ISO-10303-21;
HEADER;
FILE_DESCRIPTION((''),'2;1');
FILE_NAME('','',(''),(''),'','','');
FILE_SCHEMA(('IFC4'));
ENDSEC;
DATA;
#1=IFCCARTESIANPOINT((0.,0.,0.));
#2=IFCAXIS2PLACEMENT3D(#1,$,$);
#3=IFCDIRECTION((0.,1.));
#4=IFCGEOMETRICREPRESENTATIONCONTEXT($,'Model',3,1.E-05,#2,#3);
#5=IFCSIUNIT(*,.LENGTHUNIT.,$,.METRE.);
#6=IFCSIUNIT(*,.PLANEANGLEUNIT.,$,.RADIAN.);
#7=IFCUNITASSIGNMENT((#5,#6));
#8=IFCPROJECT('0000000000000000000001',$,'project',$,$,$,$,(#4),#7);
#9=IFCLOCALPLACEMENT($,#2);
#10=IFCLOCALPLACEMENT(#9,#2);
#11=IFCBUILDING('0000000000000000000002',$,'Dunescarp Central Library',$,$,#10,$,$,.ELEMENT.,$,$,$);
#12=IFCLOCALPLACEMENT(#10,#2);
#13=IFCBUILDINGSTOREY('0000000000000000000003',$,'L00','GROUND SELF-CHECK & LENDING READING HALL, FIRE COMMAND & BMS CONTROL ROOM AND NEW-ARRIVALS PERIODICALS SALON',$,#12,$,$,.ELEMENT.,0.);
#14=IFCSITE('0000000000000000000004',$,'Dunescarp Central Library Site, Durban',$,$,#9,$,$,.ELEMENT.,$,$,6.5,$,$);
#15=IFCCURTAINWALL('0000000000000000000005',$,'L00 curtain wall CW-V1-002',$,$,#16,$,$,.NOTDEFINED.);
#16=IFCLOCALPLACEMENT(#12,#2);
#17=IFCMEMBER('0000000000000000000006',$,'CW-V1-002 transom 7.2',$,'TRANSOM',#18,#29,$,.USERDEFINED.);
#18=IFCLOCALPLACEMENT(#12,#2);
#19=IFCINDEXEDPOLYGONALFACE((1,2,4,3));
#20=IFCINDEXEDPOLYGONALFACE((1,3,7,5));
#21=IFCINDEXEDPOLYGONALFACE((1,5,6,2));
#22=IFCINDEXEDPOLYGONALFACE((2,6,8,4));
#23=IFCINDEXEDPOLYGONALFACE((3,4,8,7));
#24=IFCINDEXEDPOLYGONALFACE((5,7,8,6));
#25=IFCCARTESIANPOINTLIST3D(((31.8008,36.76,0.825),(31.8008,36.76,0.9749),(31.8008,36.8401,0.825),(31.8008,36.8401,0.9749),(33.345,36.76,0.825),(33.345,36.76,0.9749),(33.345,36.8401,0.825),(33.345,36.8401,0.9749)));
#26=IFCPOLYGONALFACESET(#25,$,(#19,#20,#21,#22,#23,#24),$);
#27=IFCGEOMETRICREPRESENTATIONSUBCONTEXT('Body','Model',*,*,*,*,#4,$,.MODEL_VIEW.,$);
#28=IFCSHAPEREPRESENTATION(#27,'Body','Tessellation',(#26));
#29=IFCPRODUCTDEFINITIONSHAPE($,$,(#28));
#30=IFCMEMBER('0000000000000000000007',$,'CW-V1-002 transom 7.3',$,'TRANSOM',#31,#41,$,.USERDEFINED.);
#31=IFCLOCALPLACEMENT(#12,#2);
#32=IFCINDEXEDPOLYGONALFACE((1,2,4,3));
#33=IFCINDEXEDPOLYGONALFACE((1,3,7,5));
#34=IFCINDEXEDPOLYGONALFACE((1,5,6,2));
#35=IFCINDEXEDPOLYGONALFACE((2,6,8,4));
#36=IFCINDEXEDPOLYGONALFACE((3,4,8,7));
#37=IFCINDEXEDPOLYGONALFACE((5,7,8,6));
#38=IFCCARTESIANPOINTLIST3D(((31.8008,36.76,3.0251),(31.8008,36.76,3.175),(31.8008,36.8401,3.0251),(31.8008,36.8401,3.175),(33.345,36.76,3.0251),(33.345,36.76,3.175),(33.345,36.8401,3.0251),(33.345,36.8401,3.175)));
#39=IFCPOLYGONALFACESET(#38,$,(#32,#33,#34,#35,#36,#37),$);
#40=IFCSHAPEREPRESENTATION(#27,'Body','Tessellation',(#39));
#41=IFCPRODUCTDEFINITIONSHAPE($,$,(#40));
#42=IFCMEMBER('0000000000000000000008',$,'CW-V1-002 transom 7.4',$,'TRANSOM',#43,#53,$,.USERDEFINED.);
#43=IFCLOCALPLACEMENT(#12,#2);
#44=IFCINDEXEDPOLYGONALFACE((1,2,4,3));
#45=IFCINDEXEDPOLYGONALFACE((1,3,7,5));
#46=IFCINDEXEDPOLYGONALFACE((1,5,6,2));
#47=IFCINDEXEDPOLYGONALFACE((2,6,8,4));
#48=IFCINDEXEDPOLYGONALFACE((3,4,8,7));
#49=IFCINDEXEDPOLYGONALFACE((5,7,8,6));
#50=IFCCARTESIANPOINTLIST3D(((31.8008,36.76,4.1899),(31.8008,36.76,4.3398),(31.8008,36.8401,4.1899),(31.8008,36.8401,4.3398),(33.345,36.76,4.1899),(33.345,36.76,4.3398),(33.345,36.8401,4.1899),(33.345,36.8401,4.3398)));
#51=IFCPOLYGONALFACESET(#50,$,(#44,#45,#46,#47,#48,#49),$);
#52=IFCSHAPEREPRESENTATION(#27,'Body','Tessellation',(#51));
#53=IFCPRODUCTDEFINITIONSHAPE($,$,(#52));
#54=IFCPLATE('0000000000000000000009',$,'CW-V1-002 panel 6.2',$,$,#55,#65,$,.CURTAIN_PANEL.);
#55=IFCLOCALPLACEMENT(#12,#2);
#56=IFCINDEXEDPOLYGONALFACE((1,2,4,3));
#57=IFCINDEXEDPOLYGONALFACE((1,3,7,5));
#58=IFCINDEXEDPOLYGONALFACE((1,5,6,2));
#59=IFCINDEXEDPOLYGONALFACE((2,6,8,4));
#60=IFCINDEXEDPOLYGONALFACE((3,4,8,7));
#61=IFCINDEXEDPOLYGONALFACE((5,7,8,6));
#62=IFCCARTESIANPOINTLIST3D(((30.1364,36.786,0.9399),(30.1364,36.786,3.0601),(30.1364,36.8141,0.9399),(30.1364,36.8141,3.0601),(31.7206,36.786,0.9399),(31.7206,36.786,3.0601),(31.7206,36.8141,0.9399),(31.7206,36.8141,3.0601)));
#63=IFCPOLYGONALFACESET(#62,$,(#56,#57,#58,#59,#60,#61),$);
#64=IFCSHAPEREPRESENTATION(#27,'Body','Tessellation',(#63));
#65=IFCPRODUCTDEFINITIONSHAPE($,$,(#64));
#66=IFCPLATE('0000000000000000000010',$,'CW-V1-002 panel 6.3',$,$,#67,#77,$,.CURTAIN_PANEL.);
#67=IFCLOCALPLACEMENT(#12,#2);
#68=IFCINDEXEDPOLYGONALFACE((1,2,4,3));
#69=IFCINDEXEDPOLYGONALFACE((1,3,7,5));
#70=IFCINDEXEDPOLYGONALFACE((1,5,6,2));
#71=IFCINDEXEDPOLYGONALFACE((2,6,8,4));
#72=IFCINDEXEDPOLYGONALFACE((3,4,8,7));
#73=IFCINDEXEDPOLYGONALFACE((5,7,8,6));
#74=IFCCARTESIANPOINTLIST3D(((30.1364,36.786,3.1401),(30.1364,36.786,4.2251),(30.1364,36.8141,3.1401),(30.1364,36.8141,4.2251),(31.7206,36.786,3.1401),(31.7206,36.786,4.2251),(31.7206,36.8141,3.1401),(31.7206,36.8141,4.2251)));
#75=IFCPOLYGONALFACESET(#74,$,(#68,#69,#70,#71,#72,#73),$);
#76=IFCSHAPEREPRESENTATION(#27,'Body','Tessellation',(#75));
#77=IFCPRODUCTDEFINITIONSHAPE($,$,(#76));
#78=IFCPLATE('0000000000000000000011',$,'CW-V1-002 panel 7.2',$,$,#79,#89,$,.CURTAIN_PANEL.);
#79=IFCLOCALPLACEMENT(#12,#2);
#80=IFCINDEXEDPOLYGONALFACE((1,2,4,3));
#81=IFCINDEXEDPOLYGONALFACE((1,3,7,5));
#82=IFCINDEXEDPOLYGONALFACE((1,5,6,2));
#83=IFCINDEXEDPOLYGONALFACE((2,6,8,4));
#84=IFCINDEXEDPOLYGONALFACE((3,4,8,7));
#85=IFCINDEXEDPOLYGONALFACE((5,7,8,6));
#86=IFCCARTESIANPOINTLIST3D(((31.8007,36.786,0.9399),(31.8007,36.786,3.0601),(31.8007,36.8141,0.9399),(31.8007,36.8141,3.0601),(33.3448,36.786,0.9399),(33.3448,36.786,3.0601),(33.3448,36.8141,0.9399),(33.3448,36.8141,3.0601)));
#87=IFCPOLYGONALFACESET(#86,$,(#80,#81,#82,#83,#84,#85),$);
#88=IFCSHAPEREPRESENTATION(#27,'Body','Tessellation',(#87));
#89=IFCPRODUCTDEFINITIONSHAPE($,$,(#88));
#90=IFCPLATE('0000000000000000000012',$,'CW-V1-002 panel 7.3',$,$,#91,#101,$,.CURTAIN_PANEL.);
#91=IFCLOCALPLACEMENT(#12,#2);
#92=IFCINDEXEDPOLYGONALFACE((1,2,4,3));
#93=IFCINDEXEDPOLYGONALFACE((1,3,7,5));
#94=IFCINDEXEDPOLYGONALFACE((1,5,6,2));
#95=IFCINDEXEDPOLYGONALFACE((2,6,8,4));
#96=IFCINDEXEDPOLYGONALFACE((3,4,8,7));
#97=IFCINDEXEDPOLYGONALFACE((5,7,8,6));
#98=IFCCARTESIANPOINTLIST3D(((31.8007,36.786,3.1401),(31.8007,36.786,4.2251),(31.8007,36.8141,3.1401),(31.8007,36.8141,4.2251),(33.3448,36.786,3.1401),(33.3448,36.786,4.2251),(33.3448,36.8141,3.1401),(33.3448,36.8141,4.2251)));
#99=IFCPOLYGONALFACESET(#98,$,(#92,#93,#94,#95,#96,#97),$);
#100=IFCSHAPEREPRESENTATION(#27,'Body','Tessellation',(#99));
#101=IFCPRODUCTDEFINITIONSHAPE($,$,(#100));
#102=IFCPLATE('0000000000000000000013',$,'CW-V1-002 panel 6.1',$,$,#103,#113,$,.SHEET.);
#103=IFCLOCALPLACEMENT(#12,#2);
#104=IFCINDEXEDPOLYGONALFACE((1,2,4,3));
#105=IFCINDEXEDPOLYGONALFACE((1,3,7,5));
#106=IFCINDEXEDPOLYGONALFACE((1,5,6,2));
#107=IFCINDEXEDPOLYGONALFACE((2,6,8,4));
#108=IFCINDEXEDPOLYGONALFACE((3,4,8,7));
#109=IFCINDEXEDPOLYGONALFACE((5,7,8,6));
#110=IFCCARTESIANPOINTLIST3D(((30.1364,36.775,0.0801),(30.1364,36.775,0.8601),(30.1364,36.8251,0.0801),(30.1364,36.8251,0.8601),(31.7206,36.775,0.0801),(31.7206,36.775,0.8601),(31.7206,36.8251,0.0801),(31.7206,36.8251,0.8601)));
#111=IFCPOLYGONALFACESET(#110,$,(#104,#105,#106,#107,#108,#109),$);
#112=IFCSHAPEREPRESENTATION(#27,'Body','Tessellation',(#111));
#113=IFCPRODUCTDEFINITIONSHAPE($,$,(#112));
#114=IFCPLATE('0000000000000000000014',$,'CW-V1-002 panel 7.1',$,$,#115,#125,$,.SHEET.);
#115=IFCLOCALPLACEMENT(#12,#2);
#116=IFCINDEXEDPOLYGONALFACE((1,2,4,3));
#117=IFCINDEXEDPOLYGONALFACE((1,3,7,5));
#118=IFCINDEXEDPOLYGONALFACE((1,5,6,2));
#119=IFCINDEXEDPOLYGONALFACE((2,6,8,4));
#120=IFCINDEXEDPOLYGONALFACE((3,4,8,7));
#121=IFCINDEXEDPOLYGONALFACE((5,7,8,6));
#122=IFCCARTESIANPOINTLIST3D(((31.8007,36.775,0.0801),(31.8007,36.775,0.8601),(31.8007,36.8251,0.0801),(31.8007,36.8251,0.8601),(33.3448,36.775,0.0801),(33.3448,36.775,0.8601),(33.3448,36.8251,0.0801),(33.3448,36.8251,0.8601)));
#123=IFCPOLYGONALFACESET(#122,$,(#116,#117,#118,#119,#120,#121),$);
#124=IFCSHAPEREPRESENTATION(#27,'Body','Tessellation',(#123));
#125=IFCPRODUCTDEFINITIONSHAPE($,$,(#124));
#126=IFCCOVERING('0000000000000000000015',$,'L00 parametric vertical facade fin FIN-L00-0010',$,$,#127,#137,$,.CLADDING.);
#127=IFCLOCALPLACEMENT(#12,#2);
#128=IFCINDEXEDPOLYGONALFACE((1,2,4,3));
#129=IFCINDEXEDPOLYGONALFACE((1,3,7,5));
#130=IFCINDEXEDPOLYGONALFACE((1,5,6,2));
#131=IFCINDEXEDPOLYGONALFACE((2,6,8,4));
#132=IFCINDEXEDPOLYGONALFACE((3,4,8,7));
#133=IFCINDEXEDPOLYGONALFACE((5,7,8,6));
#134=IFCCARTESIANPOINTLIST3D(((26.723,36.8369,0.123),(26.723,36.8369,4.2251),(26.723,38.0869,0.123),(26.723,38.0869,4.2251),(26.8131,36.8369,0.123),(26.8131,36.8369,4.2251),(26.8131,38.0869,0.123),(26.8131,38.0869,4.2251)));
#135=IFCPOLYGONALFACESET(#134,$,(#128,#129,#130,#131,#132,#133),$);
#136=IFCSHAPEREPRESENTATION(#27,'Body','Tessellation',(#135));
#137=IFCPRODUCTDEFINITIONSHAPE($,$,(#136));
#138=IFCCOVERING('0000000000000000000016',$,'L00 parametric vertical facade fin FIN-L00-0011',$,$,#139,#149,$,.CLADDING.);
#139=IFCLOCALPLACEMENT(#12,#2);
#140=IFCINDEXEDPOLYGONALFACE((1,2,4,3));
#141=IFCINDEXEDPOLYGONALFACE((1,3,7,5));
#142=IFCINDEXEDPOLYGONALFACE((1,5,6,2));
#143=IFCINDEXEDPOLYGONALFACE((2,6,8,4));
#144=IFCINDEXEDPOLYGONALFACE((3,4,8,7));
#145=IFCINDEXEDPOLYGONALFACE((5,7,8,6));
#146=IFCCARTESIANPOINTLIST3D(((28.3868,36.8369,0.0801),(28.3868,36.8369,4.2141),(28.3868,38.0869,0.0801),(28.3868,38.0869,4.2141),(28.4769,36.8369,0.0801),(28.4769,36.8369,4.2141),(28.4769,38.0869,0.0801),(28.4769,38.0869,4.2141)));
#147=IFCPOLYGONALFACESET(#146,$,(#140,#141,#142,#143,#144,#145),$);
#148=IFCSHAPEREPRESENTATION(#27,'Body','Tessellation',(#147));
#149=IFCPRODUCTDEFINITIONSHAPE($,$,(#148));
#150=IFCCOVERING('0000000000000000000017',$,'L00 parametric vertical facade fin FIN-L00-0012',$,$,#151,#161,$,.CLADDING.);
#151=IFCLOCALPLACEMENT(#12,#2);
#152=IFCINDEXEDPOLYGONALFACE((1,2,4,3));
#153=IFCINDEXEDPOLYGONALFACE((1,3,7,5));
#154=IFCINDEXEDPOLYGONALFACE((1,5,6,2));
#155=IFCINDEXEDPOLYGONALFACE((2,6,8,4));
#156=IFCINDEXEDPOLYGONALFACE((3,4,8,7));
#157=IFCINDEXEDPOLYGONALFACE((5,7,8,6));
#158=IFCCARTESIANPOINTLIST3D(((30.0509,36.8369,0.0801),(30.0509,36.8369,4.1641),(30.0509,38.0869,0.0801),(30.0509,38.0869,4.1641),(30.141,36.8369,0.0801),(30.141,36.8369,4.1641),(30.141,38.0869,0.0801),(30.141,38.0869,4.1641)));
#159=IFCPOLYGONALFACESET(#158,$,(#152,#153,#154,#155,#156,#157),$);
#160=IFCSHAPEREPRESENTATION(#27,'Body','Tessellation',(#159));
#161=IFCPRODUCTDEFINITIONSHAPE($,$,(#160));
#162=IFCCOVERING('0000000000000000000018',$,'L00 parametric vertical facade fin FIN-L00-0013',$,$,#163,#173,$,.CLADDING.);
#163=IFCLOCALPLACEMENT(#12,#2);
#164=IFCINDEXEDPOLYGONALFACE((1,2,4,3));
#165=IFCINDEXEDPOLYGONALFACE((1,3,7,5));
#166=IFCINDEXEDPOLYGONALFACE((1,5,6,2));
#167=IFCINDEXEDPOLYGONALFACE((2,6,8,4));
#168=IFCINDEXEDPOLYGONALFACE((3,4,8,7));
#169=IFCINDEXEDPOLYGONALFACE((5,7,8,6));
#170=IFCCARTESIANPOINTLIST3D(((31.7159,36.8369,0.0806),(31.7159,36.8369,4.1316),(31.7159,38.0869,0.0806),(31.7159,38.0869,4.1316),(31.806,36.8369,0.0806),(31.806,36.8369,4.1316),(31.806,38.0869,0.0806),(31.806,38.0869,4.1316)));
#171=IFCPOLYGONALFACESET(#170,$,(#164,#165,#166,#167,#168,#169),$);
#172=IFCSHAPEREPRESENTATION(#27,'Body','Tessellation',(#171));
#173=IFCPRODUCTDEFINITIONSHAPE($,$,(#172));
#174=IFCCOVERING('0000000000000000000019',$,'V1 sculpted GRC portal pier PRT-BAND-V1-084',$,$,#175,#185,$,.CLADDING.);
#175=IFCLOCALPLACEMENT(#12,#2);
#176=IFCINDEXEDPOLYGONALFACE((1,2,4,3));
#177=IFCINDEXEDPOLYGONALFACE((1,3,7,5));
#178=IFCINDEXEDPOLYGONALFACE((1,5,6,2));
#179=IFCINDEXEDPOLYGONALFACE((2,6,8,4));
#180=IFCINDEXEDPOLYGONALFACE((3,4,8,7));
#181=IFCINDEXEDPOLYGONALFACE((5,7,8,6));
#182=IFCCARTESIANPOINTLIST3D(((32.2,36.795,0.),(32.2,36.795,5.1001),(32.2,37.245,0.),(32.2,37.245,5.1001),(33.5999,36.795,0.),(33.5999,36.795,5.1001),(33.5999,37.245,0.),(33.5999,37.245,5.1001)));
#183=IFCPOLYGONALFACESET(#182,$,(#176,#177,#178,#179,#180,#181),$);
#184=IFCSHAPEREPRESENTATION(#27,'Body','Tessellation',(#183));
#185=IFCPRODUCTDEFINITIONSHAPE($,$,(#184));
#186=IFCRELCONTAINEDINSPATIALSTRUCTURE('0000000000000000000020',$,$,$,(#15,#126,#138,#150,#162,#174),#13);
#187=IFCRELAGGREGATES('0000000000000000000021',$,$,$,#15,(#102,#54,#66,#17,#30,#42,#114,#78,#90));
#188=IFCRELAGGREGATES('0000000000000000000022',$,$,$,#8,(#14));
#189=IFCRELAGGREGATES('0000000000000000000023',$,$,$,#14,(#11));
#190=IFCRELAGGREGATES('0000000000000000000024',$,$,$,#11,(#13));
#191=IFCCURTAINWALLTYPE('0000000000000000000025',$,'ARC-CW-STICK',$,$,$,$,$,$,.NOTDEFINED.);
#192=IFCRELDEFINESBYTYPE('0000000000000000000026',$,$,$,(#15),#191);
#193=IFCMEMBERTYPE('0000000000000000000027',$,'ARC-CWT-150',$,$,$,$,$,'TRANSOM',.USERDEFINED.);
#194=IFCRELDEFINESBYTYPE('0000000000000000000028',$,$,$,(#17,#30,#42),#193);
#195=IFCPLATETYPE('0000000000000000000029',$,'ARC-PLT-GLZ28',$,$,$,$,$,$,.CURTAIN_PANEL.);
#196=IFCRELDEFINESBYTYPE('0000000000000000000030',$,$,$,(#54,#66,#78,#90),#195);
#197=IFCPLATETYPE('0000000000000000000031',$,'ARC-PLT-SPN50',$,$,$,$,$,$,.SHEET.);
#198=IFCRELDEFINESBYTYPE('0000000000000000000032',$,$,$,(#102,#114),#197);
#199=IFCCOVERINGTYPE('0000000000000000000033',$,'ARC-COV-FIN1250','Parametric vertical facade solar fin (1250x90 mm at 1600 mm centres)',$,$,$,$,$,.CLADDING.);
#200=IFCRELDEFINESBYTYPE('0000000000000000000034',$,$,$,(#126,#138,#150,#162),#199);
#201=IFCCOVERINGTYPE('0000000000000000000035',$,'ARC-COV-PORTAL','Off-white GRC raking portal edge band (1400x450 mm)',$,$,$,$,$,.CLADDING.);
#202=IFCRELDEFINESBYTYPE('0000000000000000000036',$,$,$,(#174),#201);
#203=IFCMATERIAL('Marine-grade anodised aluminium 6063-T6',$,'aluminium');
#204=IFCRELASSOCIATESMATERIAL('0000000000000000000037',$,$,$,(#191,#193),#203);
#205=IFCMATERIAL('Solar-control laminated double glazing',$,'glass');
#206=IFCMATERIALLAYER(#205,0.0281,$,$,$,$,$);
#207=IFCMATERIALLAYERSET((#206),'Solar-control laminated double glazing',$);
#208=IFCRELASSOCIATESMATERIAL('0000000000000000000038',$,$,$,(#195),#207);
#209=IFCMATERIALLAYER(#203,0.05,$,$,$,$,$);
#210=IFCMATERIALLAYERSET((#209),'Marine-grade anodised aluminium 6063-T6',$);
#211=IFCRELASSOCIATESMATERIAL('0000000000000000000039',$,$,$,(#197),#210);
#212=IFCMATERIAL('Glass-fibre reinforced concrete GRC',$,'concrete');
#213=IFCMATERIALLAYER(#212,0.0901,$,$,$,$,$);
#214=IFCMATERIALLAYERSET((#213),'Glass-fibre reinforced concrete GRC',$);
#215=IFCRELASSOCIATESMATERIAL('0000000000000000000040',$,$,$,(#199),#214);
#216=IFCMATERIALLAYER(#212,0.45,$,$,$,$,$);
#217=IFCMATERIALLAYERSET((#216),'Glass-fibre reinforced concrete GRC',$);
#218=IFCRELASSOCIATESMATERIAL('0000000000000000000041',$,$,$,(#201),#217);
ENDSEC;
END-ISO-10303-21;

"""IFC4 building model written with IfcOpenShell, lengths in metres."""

from ifc_helpers import new_model, si_unit, direction, frame, origin, origin_2d, place, context, subcontext, project, spatial, rectangle, extrude, material, layer, layer_set, material_profile, profile_set, type_object, element, aggregate, save


model = new_model("IFC4")

# Units and contexts
model_context = context("Model", 3, precision=1e-05, world=origin(), true_north=direction((0.0, 1.0)))
body_context = subcontext(model_context, "Body", "Model", "MODEL_VIEW")
ifc_project = project(units=[si_unit("LENGTHUNIT", "METRE"), si_unit("PLANEANGLEUNIT", "RADIAN")], contexts=[model_context])

# Site, building, storey
site_placement = place(None, origin())
site = spatial("IfcSite", under=ifc_project, at=site_placement, Name="Dunescarp Central Library Site, Durban", CompositionType="ELEMENT", RefElevation=6.5)
building_placement = place(site_placement, origin())
building = spatial("IfcBuilding", under=site, at=building_placement, Name="Dunescarp Central Library", CompositionType="ELEMENT")
storey_placement = place(building_placement, origin())
storey = spatial("IfcBuildingStorey", under=building, at=storey_placement, Name="L00", Description="GROUND SELF-CHECK & LENDING READING HALL, FIRE COMMAND & BMS CONTROL ROOM AND NEW-ARRIVALS PERIODICALS SALON", CompositionType="ELEMENT", Elevation=0.0)

# Curtain wall, members, plates
ifc_material_1 = material(Name="Marine-grade anodised aluminium 6063-T6", Category="aluminium")
curtain_wall_type = type_object("IfcCurtainWallType", Name="ARC-CW-STICK", PredefinedType="NOTDEFINED", material=ifc_material_1)
curtain_wall_placement = place(storey_placement, origin())
curtain_wall = element("IfcCurtainWall", 1, at=curtain_wall_placement, inside=storey, type_object=curtain_wall_type, Name="L00 curtain wall CW-V1-002", PredefinedType="NOTDEFINED")
ifc_material_profile_1 = material_profile(ifc_material_1, rectangle(XDim=0.0801, YDim=0.1499, at=origin_2d()), Name="AL 80x150")
ifc_profile_set_1 = profile_set([ifc_material_profile_1], Name="Marine-grade anodised aluminium 6063-T6")
member_type_1 = type_object("IfcMemberType", Name="ARC-CWT-150", ElementType="TRANSOM", PredefinedType="USERDEFINED", material=ifc_profile_set_1)
member_1_placement = place(storey_placement, frame((31.8008, 36.8, 0.8999), z_axis=(1.0, 0.0, 0.0), x_axis=(0.0, 1.0, 0.0)))
member_1 = element("IfcMember", 2, at=member_1_placement, type_object=member_type_1, Name="CW-V1-002 transom 7.2", ObjectType="TRANSOM", PredefinedType="USERDEFINED", context=body_context, shape_type="SweptSolid", body=[
    extrude(rectangle(XDim=0.0801, YDim=0.1499, at=origin_2d()), origin(), (0.0, 0.0, 1.0), 1.5442),
])
member_2_placement = place(storey_placement, frame((31.8008, 36.8, 3.1001), z_axis=(1.0, 0.0, 0.0), x_axis=(0.0, 1.0, 0.0)))
member_2 = element("IfcMember", 3, at=member_2_placement, type_object=member_type_1, Name="CW-V1-002 transom 7.3", ObjectType="TRANSOM", PredefinedType="USERDEFINED", context=body_context, shape_type="SweptSolid", body=[
    extrude(rectangle(XDim=0.0801, YDim=0.1499, at=origin_2d()), origin(), (0.0, 0.0, 1.0), 1.5442),
])
member_3_placement = place(storey_placement, frame((31.8008, 36.8, 4.2649), z_axis=(1.0, 0.0, 0.0), x_axis=(0.0, 1.0, 0.0)))
member_3 = element("IfcMember", 4, at=member_3_placement, type_object=member_type_1, Name="CW-V1-002 transom 7.4", ObjectType="TRANSOM", PredefinedType="USERDEFINED", context=body_context, shape_type="SweptSolid", body=[
    extrude(rectangle(XDim=0.0801, YDim=0.1499, at=origin_2d()), origin(), (0.0, 0.0, 1.0), 1.5442),
])
ifc_material_2 = material(Name="Solar-control laminated double glazing", Category="glass")
ifc_layer_1 = layer(ifc_material_2, 0.0281)
ifc_layer_set_1 = layer_set([ifc_layer_1], Name="Solar-control laminated double glazing")
plate_type_1 = type_object("IfcPlateType", Name="ARC-PLT-GLZ28", PredefinedType="CURTAIN_PANEL", material=ifc_layer_set_1)
plate_1_placement = place(storey_placement, frame((30.9285, 36.8, 0.9399), z_axis=(0.0, 0.0, 1.0), x_axis=(1.0, 0.0, 0.0)))
plate_1 = element("IfcPlate", 5, at=plate_1_placement, type_object=plate_type_1, Name="CW-V1-002 panel 6.2", PredefinedType="CURTAIN_PANEL", context=body_context, shape_type="SweptSolid", body=[
    extrude(rectangle(XDim=1.5842, YDim=0.0281, at=origin_2d()), origin(), (0.0, 0.0, 1.0), 2.1201),
])
plate_2_placement = place(storey_placement, frame((30.9285, 36.8, 3.1401), z_axis=(0.0, 0.0, 1.0), x_axis=(1.0, 0.0, 0.0)))
plate_2 = element("IfcPlate", 6, at=plate_2_placement, type_object=plate_type_1, Name="CW-V1-002 panel 6.3", PredefinedType="CURTAIN_PANEL", context=body_context, shape_type="SweptSolid", body=[
    extrude(rectangle(XDim=1.5842, YDim=0.0281, at=origin_2d()), origin(), (0.0, 0.0, 1.0), 1.085),
])
plate_3_placement = place(storey_placement, frame((32.5728, 36.8, 0.9399), z_axis=(0.0, 0.0, 1.0), x_axis=(1.0, 0.0, 0.0)))
plate_3 = element("IfcPlate", 7, at=plate_3_placement, type_object=plate_type_1, Name="CW-V1-002 panel 7.2", PredefinedType="CURTAIN_PANEL", context=body_context, shape_type="SweptSolid", body=[
    extrude(rectangle(XDim=1.5442, YDim=0.0281, at=origin_2d()), origin(), (0.0, 0.0, 1.0), 2.1201),
])
plate_4_placement = place(storey_placement, frame((32.5728, 36.8, 3.1401), z_axis=(0.0, 0.0, 1.0), x_axis=(1.0, 0.0, 0.0)))
plate_4 = element("IfcPlate", 8, at=plate_4_placement, type_object=plate_type_1, Name="CW-V1-002 panel 7.3", PredefinedType="CURTAIN_PANEL", context=body_context, shape_type="SweptSolid", body=[
    extrude(rectangle(XDim=1.5442, YDim=0.0281, at=origin_2d()), origin(), (0.0, 0.0, 1.0), 1.085),
])
ifc_layer_2 = layer(ifc_material_1, 0.05)
ifc_layer_set_2 = layer_set([ifc_layer_2], Name="Marine-grade anodised aluminium 6063-T6")
plate_type_2 = type_object("IfcPlateType", Name="ARC-PLT-SPN50", PredefinedType="SHEET", material=ifc_layer_set_2)
plate_5_placement = place(storey_placement, frame((30.9285, 36.8, 0.0801), z_axis=(0.0, 0.0, 1.0), x_axis=(1.0, 0.0, 0.0)))
plate_5 = element("IfcPlate", 9, at=plate_5_placement, type_object=plate_type_2, Name="CW-V1-002 panel 6.1", PredefinedType="SHEET", context=body_context, shape_type="SweptSolid", body=[
    extrude(rectangle(XDim=1.5842, YDim=0.05, at=origin_2d()), origin(), (0.0, 0.0, 1.0), 0.78),
])
plate_6_placement = place(storey_placement, frame((32.5728, 36.8, 0.0801), z_axis=(0.0, 0.0, 1.0), x_axis=(1.0, 0.0, 0.0)))
plate_6 = element("IfcPlate", 10, at=plate_6_placement, type_object=plate_type_2, Name="CW-V1-002 panel 7.1", PredefinedType="SHEET", context=body_context, shape_type="SweptSolid", body=[
    extrude(rectangle(XDim=1.5442, YDim=0.05, at=origin_2d()), origin(), (0.0, 0.0, 1.0), 0.78),
])
aggregate(curtain_wall, [plate_5, plate_1, plate_2, member_1, member_2, member_3, plate_6, plate_3, plate_4])

# Coverings
ifc_material_3 = material(Name="Glass-fibre reinforced concrete GRC", Category="concrete")
ifc_layer_3 = layer(ifc_material_3, 0.0901)
ifc_layer_set_3 = layer_set([ifc_layer_3], Name="Glass-fibre reinforced concrete GRC")
covering_type_1 = type_object("IfcCoveringType", Name="ARC-COV-FIN1250", Description="Parametric vertical facade solar fin (1250x90 mm at 1600 mm centres)", PredefinedType="CLADDING", material=ifc_layer_set_3)
covering_1_placement = place(storey_placement, frame((26.7681, 37.4619, 0.123), z_axis=(0.0, 0.0, 1.0), x_axis=(0.0, 1.0, 0.0)))
element("IfcCovering", 11, at=covering_1_placement, inside=storey, type_object=covering_type_1, Name="L00 parametric vertical facade fin FIN-L00-0010", PredefinedType="CLADDING", context=body_context, shape_type="SweptSolid", body=[
    extrude(rectangle(XDim=1.25, YDim=0.0901, at=origin_2d()), origin(), (0.0, 0.0, 1.0), 4.1021),
])
covering_2_placement = place(storey_placement, frame((28.4319, 37.4619, 0.0801), z_axis=(0.0, 0.0, 1.0), x_axis=(0.0, 1.0, 0.0)))
element("IfcCovering", 12, at=covering_2_placement, inside=storey, type_object=covering_type_1, Name="L00 parametric vertical facade fin FIN-L00-0011", PredefinedType="CLADDING", context=body_context, shape_type="SweptSolid", body=[
    extrude(rectangle(XDim=1.25, YDim=0.0901, at=origin_2d()), origin(), (0.0, 0.0, 1.0), 4.134),
])
covering_3_placement = place(storey_placement, frame((30.0959, 37.4619, 0.0801), z_axis=(0.0, 0.0, 1.0), x_axis=(0.0, 1.0, 0.0)))
element("IfcCovering", 13, at=covering_3_placement, inside=storey, type_object=covering_type_1, Name="L00 parametric vertical facade fin FIN-L00-0012", PredefinedType="CLADDING", context=body_context, shape_type="SweptSolid", body=[
    extrude(rectangle(XDim=1.25, YDim=0.0901, at=origin_2d()), origin(), (0.0, 0.0, 1.0), 4.084),
])
covering_4_placement = place(storey_placement, frame((31.761, 37.4619, 0.0806), z_axis=(0.0, 0.0, 1.0), x_axis=(0.0, 1.0, 0.0)))
element("IfcCovering", 14, at=covering_4_placement, inside=storey, type_object=covering_type_1, Name="L00 parametric vertical facade fin FIN-L00-0013", PredefinedType="CLADDING", context=body_context, shape_type="SweptSolid", body=[
    extrude(rectangle(XDim=1.25, YDim=0.0901, at=origin_2d()), origin(), (0.0, 0.0, 1.0), 4.051),
])
ifc_layer_4 = layer(ifc_material_3, 0.45)
ifc_layer_set_4 = layer_set([ifc_layer_4], Name="Glass-fibre reinforced concrete GRC")
covering_type_2 = type_object("IfcCoveringType", Name="ARC-COV-PORTAL", Description="Off-white GRC raking portal edge band (1400x450 mm)", PredefinedType="CLADDING", material=ifc_layer_set_4)
covering_5_placement = place(storey_placement, frame((32.8999, 37.02, 0.0), z_axis=(0.0, 0.0, 1.0), x_axis=(1.0, 0.0, 0.0)))
element("IfcCovering", 15, at=covering_5_placement, inside=storey, type_object=covering_type_2, Name="V1 sculpted GRC portal pier PRT-BAND-V1-084", PredefinedType="CLADDING", context=body_context, shape_type="SweptSolid", body=[
    extrude(rectangle(XDim=1.3999, YDim=0.45, at=origin_2d()), origin(), (0.0, 0.0, 1.0), 5.1001),
])

save(model, "model.ifc")
